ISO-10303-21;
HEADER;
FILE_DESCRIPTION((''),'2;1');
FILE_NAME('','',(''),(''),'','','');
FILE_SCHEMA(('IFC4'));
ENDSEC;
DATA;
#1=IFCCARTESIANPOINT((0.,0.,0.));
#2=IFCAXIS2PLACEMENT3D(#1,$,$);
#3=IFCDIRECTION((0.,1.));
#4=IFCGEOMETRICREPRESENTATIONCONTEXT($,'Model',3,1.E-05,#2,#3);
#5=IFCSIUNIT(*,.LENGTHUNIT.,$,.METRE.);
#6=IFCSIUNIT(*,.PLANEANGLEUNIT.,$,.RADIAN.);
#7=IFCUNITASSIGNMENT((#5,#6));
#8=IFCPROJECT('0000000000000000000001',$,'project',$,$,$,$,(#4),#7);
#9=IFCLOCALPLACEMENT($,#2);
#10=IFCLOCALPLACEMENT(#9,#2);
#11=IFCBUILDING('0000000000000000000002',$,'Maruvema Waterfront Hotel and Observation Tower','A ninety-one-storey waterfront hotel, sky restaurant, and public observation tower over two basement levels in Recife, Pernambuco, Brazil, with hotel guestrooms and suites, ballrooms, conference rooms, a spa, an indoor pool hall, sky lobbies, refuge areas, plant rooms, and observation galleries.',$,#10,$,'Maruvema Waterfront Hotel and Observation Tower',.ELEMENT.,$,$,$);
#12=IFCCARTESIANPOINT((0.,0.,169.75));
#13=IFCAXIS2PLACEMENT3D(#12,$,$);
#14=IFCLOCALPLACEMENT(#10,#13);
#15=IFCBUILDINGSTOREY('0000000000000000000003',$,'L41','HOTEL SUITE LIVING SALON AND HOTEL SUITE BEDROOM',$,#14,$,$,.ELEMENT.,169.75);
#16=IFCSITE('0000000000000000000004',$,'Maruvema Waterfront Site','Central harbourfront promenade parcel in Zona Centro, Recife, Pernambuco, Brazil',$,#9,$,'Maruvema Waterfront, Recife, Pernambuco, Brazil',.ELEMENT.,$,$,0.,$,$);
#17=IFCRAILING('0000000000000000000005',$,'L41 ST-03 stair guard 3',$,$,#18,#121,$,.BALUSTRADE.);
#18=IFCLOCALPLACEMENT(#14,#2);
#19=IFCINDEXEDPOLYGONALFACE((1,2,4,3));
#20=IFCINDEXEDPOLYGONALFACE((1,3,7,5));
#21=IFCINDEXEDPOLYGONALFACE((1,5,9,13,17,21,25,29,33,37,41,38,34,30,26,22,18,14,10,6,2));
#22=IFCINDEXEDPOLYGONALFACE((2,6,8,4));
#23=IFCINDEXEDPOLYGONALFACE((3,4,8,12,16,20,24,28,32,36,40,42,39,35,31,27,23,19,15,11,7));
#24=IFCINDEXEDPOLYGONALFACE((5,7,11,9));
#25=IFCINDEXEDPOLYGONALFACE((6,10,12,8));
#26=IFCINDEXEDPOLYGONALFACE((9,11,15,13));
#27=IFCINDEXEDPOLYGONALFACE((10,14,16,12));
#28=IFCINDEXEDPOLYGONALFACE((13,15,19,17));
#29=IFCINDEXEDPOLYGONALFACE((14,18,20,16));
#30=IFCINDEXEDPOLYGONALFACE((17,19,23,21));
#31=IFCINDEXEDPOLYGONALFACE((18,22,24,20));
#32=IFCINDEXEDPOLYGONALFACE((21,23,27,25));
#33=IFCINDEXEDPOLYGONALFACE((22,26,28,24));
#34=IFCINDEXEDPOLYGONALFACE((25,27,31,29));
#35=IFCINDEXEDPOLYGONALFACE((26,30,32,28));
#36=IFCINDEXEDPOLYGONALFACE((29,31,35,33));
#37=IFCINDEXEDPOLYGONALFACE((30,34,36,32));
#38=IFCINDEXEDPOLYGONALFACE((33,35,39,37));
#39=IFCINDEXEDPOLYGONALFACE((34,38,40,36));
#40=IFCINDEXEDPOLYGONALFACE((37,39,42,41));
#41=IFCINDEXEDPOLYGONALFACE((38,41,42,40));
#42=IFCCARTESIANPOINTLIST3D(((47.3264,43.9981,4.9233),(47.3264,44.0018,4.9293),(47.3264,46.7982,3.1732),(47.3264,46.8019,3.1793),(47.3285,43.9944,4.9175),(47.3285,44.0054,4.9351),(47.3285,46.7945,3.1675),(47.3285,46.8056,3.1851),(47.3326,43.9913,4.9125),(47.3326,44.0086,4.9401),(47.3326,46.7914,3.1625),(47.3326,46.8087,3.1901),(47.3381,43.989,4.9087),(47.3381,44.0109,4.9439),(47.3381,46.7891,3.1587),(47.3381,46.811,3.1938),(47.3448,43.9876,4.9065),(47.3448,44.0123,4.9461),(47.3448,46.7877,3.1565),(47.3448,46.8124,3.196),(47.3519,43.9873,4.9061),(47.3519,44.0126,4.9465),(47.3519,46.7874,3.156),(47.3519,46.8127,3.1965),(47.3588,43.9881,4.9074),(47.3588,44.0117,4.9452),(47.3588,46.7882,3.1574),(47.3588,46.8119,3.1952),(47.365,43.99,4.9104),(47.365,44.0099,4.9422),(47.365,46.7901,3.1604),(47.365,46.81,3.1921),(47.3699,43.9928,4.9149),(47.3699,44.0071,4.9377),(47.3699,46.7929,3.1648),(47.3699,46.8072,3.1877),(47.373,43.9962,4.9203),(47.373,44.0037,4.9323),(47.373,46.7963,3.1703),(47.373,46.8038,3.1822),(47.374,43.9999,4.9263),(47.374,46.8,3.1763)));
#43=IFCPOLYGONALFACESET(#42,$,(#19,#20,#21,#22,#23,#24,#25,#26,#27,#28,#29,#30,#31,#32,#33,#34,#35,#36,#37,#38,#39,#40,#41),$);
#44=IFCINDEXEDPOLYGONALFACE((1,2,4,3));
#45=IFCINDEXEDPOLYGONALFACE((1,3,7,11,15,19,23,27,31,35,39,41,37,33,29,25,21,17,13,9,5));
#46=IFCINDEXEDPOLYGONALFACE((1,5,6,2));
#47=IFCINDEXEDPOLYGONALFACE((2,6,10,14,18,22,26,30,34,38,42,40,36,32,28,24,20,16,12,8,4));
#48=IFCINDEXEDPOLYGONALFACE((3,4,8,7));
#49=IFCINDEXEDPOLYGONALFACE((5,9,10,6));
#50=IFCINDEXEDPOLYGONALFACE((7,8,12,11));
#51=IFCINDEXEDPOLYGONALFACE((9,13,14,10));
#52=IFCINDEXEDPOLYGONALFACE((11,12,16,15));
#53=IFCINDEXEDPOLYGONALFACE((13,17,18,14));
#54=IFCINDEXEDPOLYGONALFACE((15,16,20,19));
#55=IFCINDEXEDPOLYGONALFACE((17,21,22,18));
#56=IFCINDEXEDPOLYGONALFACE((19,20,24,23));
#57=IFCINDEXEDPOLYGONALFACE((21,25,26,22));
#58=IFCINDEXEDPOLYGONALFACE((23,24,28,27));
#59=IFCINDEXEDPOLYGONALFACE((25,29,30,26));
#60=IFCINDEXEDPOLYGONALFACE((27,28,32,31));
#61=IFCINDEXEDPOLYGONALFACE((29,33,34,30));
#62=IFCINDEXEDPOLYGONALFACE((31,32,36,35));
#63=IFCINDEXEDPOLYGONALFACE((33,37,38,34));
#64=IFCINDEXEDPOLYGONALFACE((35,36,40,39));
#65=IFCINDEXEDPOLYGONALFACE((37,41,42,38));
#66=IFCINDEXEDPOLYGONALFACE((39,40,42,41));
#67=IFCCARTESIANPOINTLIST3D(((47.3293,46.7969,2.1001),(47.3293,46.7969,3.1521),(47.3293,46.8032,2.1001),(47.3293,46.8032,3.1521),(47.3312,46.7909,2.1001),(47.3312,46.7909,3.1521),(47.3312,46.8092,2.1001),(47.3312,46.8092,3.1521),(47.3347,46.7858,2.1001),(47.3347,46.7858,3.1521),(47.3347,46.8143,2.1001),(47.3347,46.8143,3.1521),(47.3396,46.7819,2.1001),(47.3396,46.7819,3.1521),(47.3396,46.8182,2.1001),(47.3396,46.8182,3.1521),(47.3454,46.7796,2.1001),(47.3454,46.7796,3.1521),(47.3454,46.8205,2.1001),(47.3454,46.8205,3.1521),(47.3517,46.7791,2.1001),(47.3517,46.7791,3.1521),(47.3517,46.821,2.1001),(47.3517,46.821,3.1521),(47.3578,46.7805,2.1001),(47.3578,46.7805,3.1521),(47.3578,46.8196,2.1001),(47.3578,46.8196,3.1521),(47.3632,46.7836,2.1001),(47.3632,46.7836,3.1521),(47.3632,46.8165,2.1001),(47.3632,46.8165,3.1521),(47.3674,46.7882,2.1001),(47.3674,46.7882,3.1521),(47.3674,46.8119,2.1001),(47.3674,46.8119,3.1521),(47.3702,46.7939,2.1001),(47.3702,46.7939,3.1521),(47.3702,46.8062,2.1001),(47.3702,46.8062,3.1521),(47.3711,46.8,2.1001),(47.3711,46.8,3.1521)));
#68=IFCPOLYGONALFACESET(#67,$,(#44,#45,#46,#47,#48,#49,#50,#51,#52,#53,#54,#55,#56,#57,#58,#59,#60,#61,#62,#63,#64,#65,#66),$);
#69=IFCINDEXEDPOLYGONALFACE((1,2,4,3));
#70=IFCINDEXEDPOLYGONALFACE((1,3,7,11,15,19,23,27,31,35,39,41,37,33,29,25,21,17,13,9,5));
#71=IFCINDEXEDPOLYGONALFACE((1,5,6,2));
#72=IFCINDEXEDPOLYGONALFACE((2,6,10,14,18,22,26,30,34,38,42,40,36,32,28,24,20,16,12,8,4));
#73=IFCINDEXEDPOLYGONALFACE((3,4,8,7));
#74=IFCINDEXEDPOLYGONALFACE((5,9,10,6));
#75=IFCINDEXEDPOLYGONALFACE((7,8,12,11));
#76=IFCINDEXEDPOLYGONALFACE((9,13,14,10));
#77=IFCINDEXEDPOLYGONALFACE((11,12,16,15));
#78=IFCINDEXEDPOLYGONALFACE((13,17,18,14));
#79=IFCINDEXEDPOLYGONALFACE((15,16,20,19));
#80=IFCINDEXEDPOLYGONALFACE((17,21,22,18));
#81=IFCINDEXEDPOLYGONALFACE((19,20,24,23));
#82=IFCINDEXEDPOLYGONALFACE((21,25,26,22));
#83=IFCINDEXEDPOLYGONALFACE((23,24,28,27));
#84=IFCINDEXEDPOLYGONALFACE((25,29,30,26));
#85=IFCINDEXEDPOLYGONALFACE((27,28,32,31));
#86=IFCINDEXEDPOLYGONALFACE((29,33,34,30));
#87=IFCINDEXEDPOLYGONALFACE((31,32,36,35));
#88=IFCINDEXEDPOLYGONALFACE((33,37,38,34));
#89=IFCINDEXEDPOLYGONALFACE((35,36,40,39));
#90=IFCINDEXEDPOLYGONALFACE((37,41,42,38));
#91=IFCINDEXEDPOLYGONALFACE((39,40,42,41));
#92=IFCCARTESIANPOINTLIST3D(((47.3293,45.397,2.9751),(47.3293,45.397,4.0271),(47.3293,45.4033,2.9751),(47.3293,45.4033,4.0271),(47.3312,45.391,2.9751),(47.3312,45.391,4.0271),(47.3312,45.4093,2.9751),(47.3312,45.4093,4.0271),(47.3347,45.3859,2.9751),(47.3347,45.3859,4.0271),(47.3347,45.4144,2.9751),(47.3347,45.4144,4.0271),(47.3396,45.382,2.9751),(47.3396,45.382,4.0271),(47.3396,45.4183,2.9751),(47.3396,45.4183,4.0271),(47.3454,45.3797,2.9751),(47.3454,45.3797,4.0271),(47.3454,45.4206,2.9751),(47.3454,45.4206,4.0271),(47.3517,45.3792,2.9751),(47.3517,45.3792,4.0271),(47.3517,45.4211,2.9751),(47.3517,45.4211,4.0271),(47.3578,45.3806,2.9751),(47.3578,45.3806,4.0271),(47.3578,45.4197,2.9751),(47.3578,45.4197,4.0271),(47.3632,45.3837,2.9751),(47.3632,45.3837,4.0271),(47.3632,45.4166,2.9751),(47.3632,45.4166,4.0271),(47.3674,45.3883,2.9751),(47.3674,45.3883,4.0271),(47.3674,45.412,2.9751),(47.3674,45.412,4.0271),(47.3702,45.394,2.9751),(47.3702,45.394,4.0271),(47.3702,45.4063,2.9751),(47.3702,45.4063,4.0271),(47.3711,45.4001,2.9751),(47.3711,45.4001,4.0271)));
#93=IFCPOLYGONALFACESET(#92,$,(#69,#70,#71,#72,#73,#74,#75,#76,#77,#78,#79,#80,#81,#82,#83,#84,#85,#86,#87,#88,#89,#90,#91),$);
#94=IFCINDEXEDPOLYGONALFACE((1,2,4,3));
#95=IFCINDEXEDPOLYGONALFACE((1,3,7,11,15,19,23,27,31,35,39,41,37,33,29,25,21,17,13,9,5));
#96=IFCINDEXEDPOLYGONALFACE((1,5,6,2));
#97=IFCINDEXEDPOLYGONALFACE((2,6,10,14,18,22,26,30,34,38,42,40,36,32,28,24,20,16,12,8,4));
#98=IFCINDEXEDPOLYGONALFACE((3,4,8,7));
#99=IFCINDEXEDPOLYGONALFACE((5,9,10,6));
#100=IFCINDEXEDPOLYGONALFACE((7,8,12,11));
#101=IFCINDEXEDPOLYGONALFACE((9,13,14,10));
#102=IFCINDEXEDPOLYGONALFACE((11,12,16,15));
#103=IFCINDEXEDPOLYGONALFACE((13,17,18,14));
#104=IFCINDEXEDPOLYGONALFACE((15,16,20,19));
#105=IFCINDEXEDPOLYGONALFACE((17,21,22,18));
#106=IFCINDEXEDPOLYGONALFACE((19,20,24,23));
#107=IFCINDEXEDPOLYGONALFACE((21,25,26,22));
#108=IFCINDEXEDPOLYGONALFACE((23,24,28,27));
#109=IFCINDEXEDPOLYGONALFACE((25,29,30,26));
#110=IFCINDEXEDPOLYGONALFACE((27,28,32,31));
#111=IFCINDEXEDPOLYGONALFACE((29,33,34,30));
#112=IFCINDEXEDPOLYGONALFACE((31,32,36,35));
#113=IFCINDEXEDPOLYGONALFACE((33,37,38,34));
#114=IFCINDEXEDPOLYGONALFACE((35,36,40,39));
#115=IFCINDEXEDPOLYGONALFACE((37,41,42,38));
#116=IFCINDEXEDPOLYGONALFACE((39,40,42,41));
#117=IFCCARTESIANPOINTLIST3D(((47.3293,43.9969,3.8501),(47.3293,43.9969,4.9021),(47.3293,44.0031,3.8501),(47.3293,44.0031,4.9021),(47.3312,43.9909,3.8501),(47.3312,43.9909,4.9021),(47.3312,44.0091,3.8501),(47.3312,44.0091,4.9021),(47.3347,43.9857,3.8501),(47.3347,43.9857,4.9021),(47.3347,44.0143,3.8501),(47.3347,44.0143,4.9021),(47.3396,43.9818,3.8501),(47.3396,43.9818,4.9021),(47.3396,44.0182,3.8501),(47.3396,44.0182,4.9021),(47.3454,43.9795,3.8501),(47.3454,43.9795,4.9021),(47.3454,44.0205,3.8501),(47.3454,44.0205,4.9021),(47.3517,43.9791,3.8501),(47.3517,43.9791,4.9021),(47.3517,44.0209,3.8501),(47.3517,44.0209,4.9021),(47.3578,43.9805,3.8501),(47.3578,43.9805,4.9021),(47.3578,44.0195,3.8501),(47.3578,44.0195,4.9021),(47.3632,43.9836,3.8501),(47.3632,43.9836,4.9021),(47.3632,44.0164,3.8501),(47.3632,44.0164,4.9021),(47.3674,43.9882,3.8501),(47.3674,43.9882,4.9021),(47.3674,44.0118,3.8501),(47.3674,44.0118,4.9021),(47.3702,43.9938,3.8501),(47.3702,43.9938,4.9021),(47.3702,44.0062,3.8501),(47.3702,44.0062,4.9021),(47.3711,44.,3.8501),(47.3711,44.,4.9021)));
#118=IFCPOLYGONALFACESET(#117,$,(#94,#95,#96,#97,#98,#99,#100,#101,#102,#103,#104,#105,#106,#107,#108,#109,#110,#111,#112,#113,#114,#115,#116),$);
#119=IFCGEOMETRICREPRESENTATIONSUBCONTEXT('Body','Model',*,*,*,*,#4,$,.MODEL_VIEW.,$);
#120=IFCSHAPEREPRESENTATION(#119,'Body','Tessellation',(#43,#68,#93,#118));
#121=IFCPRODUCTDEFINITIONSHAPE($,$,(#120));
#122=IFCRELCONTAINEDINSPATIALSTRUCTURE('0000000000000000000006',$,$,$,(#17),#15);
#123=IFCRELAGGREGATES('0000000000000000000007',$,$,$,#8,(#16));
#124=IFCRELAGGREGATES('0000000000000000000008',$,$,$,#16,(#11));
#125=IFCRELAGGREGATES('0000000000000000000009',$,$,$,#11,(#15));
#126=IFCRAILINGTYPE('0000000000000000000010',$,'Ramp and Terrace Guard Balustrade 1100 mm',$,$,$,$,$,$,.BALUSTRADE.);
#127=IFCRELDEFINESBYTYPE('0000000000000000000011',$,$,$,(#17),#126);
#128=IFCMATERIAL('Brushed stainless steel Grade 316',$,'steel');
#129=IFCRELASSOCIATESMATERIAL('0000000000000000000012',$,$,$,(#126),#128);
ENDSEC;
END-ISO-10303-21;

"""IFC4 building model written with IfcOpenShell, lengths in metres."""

from ifc_helpers import new_model, si_unit, direction, frame, origin, origin_2d, place, context, subcontext, project, spatial, circle, extrude, material, type_object, element, save


model = new_model("IFC4")

# Units and contexts
model_context = context("Model", 3, precision=1e-05, world=origin(), true_north=direction((0.0, 1.0)))
body_context = subcontext(model_context, "Body", "Model", "MODEL_VIEW")
ifc_project = project(units=[si_unit("LENGTHUNIT", "METRE"), si_unit("PLANEANGLEUNIT", "RADIAN")], contexts=[model_context])

# Site, building, storey
site_placement = place(None, origin())
site = spatial("IfcSite", under=ifc_project, at=site_placement, Name="Maruvema Waterfront Site", Description="Central harbourfront promenade parcel in Zona Centro, Recife, Pernambuco, Brazil", LongName="Maruvema Waterfront, Recife, Pernambuco, Brazil", CompositionType="ELEMENT", RefElevation=0.0)
building_placement = place(site_placement, origin())
building = spatial("IfcBuilding", under=site, at=building_placement, Name="Maruvema Waterfront Hotel and Observation Tower", Description="A ninety-one-storey waterfront hotel, sky restaurant, and public observation tower over two basement levels in Recife, Pernambuco, Brazil, with hotel guestrooms and suites, ballrooms, conference rooms, a spa, an indoor pool hall, sky lobbies, refuge areas, plant rooms, and observation galleries.", LongName="Maruvema Waterfront Hotel and Observation Tower", CompositionType="ELEMENT")
storey_placement = place(building_placement, frame((0.0, 0.0, 169.75)))
storey = spatial("IfcBuildingStorey", under=building, at=storey_placement, Name="L41", Description="HOTEL SUITE LIVING SALON AND HOTEL SUITE BEDROOM", CompositionType="ELEMENT", Elevation=169.75)

# Railing
ifc_material_1 = material(Name="Brushed stainless steel Grade 316", Category="steel")
railing_type_1 = type_object("IfcRailingType", Name="Ramp and Terrace Guard Balustrade 1100 mm", PredefinedType="BALUSTRADE", material=ifc_material_1)
railing_1_placement = place(storey_placement, frame((47.3501, 46.8, 2.1001)))
element("IfcRailing", 1, at=railing_1_placement, inside=storey, type_object=railing_type_1, Name="L41 ST-03 stair guard 3", PredefinedType="BALUSTRADE", context=body_context, shape_type="SweptSolid", body=[
    extrude(circle(Radius=0.0239, at=origin_2d()), frame((0.0, 0.0, 1.0762), z_axis=(0.0, -0.848002, 0.529992), x_axis=(1.0, 0.0, 0.0)), (0.0, 0.0, 1.0), 3.302),
    extrude(circle(Radius=0.021, at=origin_2d()), origin(), (0.0, 0.0, 1.0), 1.052),
    extrude(circle(Radius=0.021, at=origin_2d()), frame((0.0, -1.3999, 0.875)), (0.0, 0.0, 1.0), 1.052),
    extrude(circle(Radius=0.021, at=origin_2d()), frame((0.0, -2.8, 1.75)), (0.0, 0.0, 1.0), 1.052),
])

save(model, "model.ifc")
